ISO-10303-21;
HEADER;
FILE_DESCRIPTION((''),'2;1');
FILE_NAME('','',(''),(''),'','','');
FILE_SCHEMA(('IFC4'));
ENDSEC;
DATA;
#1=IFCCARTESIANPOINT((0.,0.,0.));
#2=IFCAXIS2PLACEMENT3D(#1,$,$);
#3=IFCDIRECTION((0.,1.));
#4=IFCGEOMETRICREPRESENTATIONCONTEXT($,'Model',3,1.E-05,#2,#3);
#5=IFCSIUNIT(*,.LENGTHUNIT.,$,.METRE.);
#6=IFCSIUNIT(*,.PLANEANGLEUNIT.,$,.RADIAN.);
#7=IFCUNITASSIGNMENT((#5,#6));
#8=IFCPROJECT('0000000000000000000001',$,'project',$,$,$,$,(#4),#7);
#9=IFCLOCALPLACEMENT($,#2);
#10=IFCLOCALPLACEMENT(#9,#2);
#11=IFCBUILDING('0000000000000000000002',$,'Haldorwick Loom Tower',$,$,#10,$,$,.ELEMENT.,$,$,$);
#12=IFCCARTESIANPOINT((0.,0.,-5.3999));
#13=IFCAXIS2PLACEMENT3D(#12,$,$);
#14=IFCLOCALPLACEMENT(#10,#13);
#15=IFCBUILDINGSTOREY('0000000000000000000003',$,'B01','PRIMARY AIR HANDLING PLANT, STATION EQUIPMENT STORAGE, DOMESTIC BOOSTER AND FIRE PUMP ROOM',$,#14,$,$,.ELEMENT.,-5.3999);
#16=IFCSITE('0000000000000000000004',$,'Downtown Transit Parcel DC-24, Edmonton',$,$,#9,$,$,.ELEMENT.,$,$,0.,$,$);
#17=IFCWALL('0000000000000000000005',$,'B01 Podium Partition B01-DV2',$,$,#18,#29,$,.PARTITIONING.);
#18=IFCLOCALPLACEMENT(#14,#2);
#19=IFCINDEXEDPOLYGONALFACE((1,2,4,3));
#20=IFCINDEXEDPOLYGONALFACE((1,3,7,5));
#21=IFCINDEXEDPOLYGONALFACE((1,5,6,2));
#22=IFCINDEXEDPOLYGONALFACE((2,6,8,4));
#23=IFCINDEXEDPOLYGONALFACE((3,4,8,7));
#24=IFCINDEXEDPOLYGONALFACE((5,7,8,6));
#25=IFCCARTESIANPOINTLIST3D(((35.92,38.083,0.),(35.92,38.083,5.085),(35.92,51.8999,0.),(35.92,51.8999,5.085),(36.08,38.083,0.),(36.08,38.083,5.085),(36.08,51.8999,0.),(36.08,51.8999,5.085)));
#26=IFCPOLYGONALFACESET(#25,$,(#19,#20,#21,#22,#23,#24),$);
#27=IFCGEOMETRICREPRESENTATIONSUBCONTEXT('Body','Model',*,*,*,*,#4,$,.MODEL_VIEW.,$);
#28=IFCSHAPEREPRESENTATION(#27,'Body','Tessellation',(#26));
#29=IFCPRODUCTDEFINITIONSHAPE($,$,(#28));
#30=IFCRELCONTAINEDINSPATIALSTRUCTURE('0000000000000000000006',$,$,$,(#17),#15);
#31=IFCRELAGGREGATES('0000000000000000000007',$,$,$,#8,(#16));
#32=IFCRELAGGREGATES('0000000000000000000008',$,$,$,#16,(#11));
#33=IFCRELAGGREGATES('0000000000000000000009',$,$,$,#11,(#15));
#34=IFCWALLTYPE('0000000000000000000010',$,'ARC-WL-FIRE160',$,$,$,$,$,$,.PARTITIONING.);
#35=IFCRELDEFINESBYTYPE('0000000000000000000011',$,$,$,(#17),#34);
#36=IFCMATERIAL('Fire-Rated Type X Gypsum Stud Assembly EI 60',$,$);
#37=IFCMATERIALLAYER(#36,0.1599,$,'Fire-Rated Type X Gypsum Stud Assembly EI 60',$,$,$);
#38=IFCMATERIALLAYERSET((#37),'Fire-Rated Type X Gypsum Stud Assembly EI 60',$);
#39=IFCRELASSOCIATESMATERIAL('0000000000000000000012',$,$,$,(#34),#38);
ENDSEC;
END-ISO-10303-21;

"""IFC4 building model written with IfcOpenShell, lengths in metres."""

from ifc_helpers import new_model, si_unit, direction, frame, frame_2d, origin, place, context, subcontext, project, spatial, rectangle, extrude, material, layer, layer_set, type_object, element, save


model = new_model("IFC4")

# Units and contexts
model_context = context("Model", 3, precision=1e-05, world=origin(), true_north=direction((0.0, 1.0)))
body_context = subcontext(model_context, "Body", "Model", "MODEL_VIEW")
ifc_project = project(units=[si_unit("LENGTHUNIT", "METRE"), si_unit("PLANEANGLEUNIT", "RADIAN")], contexts=[model_context])

# Site, building, storey
site_placement = place(None, origin())
site = spatial("IfcSite", under=ifc_project, at=site_placement, Name="Downtown Transit Parcel DC-24, Edmonton", CompositionType="ELEMENT", RefElevation=0.0)
building_placement = place(site_placement, origin())
building = spatial("IfcBuilding", under=site, at=building_placement, Name="Haldorwick Loom Tower", CompositionType="ELEMENT")
storey_placement = place(building_placement, frame((0.0, 0.0, -5.3999)))
storey = spatial("IfcBuildingStorey", under=building, at=storey_placement, Name="B01", Description="PRIMARY AIR HANDLING PLANT, STATION EQUIPMENT STORAGE, DOMESTIC BOOSTER AND FIRE PUMP ROOM", CompositionType="ELEMENT", Elevation=-5.3999)

# Shared definitions
ifc_material_1 = material(Name="Fire-Rated Type X Gypsum Stud Assembly EI 60")
ifc_layer_1 = layer(ifc_material_1, 0.1599, Name="Fire-Rated Type X Gypsum Stud Assembly EI 60")
ifc_layer_set_1 = layer_set([ifc_layer_1], Name="Fire-Rated Type X Gypsum Stud Assembly EI 60")
wall_type = type_object("IfcWallType", Name="ARC-WL-FIRE160", PredefinedType="PARTITIONING", material=ifc_layer_set_1)

# Wall
wall_1_placement = place(storey_placement, frame((36.0, 38.083, 0.0), z_axis=(0.0, 0.0, 1.0), x_axis=(0.0, 1.0, 0.0)))
element("IfcWall", 1, at=wall_1_placement, inside=storey, type_object=wall_type, Name="B01 Podium Partition B01-DV2", PredefinedType="PARTITIONING", context=body_context, shape_type="SweptSolid", body=[
    extrude(rectangle(XDim=13.8169, YDim=0.1599, at=frame_2d((6.9084, 0.0))), origin(), (0.0, 0.0, 1.0), 5.085),
])

save(model, "model.ifc")
